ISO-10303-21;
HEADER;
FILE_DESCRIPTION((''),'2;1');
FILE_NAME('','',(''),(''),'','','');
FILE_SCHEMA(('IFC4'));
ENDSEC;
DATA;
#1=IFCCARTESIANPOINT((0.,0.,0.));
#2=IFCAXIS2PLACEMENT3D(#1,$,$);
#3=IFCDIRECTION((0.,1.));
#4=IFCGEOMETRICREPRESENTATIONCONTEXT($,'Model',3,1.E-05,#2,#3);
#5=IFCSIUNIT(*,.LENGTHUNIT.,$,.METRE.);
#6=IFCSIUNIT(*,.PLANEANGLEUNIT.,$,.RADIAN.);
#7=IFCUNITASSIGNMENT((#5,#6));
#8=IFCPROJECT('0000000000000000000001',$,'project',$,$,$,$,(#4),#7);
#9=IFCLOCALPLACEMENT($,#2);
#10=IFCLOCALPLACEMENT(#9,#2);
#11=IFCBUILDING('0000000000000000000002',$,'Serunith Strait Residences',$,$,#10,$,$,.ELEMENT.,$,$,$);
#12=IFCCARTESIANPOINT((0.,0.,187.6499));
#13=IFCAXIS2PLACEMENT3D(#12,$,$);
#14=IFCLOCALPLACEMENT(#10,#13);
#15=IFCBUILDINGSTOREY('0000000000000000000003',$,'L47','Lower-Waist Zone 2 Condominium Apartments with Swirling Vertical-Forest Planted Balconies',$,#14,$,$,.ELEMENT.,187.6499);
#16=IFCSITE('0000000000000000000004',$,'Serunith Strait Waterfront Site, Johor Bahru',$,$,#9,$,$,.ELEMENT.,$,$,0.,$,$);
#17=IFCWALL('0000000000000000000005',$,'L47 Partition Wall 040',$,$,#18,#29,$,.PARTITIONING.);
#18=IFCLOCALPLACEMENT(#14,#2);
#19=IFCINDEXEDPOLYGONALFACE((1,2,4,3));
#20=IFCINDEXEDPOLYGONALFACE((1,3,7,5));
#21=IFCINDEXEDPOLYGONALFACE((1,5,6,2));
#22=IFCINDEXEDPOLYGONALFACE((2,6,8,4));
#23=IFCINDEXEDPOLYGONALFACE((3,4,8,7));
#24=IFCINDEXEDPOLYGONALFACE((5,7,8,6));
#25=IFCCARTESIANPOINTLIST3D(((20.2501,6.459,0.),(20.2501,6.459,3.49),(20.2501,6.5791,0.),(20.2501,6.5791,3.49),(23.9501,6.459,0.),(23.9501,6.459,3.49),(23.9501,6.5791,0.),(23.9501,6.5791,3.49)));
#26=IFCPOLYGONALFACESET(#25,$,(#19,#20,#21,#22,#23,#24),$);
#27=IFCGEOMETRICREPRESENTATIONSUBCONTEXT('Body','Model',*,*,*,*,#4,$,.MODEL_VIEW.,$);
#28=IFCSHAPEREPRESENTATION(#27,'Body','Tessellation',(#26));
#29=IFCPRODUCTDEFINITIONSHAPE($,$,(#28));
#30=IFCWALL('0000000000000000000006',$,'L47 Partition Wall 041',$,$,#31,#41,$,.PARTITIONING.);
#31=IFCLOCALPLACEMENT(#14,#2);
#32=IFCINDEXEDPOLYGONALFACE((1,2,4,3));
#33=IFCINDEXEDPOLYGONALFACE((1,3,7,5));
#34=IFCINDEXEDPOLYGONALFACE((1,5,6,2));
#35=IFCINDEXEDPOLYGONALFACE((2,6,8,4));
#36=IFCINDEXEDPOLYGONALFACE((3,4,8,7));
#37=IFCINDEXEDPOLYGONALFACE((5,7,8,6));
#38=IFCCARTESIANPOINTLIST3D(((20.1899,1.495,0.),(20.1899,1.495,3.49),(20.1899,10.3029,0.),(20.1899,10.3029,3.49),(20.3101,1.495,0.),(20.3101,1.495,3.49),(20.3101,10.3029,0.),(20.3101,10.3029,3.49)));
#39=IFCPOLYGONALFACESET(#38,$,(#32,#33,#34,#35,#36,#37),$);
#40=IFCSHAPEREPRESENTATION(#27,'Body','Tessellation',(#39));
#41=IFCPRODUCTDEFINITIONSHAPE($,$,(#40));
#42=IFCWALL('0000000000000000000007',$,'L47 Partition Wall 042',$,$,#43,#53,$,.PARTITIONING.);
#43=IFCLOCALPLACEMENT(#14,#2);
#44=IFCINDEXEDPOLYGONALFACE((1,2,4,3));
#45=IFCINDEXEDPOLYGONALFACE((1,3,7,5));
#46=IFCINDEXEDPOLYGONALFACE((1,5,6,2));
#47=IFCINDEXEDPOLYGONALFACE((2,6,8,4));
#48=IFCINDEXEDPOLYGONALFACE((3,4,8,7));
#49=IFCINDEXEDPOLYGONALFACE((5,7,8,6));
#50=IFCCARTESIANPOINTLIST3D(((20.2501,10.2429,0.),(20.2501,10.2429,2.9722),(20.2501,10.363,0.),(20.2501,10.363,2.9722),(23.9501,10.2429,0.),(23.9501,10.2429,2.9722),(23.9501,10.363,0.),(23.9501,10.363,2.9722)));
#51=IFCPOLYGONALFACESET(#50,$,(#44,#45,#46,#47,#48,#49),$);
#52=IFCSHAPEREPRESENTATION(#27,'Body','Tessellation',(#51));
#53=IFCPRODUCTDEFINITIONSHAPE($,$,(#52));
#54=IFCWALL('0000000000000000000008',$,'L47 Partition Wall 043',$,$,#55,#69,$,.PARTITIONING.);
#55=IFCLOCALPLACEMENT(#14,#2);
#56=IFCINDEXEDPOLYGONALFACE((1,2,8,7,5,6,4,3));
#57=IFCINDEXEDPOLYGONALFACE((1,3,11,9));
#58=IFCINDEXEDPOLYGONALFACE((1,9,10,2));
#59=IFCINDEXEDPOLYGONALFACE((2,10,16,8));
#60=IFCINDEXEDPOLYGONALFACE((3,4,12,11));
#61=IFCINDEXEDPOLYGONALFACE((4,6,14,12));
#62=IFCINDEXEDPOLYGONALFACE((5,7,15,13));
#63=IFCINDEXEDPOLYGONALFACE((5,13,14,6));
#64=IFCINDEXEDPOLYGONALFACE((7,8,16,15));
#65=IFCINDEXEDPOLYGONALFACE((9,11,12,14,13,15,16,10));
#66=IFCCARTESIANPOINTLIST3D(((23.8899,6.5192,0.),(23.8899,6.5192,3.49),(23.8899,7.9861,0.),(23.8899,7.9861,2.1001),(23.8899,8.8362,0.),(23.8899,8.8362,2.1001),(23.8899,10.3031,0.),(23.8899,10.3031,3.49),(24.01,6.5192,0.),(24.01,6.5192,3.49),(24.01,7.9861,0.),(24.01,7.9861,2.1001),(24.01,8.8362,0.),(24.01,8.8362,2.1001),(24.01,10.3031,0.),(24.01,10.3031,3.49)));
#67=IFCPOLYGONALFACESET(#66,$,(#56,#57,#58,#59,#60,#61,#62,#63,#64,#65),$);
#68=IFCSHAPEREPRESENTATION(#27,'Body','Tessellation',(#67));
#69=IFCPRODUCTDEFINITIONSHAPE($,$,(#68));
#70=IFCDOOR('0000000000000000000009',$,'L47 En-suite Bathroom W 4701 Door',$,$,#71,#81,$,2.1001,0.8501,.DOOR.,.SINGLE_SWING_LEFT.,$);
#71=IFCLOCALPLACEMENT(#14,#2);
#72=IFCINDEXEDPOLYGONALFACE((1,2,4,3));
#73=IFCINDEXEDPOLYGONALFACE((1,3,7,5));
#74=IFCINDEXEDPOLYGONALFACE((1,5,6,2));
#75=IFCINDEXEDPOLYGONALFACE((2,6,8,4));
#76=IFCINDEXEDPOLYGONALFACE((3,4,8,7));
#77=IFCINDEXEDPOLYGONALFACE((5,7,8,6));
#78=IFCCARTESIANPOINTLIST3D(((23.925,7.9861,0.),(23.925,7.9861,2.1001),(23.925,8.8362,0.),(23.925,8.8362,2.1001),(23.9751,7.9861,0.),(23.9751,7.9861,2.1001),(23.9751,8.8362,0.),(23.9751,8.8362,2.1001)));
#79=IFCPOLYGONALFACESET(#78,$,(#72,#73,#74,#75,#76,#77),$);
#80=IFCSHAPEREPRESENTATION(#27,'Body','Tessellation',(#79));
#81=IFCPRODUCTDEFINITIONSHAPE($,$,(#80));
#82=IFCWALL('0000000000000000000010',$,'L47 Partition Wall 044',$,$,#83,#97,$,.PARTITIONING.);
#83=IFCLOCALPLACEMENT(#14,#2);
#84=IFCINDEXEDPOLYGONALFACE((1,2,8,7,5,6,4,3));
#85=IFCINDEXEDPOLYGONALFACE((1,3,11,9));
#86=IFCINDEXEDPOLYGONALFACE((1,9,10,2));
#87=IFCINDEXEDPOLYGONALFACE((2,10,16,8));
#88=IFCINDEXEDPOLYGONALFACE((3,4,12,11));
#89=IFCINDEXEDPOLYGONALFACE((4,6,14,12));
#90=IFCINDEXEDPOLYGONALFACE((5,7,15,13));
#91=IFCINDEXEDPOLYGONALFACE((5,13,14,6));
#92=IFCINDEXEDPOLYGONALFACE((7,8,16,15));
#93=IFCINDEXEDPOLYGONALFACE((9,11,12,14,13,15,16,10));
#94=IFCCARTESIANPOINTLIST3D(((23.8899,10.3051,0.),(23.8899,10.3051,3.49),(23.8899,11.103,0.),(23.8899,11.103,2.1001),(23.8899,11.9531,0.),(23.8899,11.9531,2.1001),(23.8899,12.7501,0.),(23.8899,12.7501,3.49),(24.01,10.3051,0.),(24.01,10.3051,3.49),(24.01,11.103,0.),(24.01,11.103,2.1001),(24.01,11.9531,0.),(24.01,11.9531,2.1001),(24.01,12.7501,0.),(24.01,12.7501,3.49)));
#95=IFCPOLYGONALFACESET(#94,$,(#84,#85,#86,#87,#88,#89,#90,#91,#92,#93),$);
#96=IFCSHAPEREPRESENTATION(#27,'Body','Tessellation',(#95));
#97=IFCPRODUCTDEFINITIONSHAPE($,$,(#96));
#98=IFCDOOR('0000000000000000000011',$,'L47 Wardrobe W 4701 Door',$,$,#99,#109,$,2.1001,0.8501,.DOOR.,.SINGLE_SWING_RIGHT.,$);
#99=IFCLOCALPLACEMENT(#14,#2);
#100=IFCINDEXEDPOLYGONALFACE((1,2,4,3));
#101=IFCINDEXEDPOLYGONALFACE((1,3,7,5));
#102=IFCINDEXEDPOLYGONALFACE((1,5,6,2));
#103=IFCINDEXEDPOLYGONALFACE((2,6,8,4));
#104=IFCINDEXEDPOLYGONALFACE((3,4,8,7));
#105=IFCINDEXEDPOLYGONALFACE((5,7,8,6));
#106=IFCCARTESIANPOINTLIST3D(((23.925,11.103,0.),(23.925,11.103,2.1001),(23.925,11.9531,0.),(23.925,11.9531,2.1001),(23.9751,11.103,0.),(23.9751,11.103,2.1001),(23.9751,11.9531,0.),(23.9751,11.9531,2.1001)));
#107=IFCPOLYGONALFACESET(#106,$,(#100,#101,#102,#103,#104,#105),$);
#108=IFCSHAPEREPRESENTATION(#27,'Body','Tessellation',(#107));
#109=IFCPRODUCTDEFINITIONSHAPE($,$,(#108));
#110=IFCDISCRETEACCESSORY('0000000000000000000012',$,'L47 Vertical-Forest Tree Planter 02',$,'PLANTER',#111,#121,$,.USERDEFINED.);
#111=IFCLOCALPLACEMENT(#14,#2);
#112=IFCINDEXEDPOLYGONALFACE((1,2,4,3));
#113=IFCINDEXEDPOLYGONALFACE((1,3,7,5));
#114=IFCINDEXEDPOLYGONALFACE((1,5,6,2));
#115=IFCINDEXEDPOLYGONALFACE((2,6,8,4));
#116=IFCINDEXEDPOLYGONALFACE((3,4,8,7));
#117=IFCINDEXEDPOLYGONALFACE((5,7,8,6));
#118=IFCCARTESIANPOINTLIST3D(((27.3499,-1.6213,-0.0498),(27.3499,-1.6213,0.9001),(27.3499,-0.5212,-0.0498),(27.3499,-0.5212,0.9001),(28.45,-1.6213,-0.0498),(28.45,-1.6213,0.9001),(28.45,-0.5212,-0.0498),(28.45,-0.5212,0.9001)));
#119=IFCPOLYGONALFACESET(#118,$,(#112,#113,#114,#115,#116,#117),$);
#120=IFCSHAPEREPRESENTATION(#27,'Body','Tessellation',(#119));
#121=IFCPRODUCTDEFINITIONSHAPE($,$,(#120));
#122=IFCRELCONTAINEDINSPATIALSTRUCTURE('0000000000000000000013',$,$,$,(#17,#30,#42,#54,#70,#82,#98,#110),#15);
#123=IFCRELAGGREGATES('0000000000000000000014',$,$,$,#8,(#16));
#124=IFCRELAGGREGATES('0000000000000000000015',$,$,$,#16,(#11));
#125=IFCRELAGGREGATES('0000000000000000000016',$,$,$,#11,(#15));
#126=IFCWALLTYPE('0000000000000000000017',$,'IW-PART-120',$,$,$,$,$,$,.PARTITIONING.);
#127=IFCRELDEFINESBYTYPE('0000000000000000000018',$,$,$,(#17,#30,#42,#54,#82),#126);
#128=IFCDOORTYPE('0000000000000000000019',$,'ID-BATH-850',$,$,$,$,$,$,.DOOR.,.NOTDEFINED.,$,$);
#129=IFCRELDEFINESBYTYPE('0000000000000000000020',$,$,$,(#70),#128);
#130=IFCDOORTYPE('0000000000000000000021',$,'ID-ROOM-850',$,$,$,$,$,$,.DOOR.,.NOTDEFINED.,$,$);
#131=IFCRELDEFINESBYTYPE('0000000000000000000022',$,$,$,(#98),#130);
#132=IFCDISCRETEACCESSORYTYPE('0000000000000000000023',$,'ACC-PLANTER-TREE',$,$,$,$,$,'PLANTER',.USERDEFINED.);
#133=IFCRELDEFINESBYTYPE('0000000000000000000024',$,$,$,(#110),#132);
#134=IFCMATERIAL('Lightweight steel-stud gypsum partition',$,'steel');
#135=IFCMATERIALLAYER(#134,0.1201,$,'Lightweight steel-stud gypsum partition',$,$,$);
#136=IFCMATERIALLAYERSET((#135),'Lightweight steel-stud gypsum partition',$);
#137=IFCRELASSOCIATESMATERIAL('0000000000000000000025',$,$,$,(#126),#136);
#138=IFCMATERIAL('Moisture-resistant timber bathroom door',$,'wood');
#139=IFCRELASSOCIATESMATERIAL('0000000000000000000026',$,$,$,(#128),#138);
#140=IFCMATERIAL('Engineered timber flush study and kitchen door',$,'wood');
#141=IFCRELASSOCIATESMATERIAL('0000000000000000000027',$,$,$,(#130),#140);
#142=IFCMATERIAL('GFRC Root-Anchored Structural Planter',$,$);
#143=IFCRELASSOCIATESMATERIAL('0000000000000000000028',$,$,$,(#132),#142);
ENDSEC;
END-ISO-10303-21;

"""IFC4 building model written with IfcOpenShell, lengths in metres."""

from ifc_helpers import new_model, si_unit, direction, frame, frame_2d, origin, origin_2d, place, context, subcontext, project, spatial, rectangle, extrude, source, transform, mapped, material, layer, layer_set, type_object, element, fill, save


model = new_model("IFC4")

# Units and contexts
model_context = context("Model", 3, precision=1e-05, world=origin(), true_north=direction((0.0, 1.0)))
body_context = subcontext(model_context, "Body", "Model", "MODEL_VIEW")
ifc_project = project(units=[si_unit("LENGTHUNIT", "METRE"), si_unit("PLANEANGLEUNIT", "RADIAN")], contexts=[model_context])

# Site, building, storey
site_placement = place(None, origin())
site = spatial("IfcSite", under=ifc_project, at=site_placement, Name="Serunith Strait Waterfront Site, Johor Bahru", CompositionType="ELEMENT", RefElevation=0.0)
building_placement = place(site_placement, origin())
building = spatial("IfcBuilding", under=site, at=building_placement, Name="Serunith Strait Residences", CompositionType="ELEMENT")
storey_placement = place(building_placement, frame((0.0, 0.0, 187.6499)))
storey = spatial("IfcBuildingStorey", under=building, at=storey_placement, Name="L47", Description="Lower-Waist Zone 2 Condominium Apartments with Swirling Vertical-Forest Planted Balconies", CompositionType="ELEMENT", Elevation=187.6499)

# Walls
ifc_material_1 = material(Name="Lightweight steel-stud gypsum partition", Category="steel")
ifc_layer_1 = layer(ifc_material_1, 0.1201, Name="Lightweight steel-stud gypsum partition")
ifc_layer_set_1 = layer_set([ifc_layer_1], Name="Lightweight steel-stud gypsum partition")
wall_type = type_object("IfcWallType", Name="IW-PART-120", PredefinedType="PARTITIONING", material=ifc_layer_set_1)
wall_1_placement = place(storey_placement, frame((20.25, 6.519, 0.0), z_axis=(0.0, 0.0, 1.0), x_axis=(1.0, 0.0, 0.0)))
element("IfcWall", 1, at=wall_1_placement, inside=storey, type_object=wall_type, Name="L47 Partition Wall 040", PredefinedType="PARTITIONING", context=body_context, shape_type="SweptSolid", body=[
    extrude(rectangle(XDim=3.7, YDim=0.1201, at=frame_2d((1.8501, 0.0))), origin(), (0.0, 0.0, 1.0), 3.49),
])
wall_2_placement = place(storey_placement, frame((20.25, 1.4951, 0.0), z_axis=(0.0, 0.0, 1.0), x_axis=(0.0, 1.0, 0.0)))
element("IfcWall", 2, at=wall_2_placement, inside=storey, type_object=wall_type, Name="L47 Partition Wall 041", PredefinedType="PARTITIONING", context=body_context, shape_type="SweptSolid", body=[
    extrude(rectangle(XDim=8.8079, YDim=0.1201, at=frame_2d((4.4038, 0.0))), origin(), (0.0, 0.0, 1.0), 3.49),
])
wall_3_placement = place(storey_placement, frame((20.25, 10.303, 0.0), z_axis=(0.0, 0.0, 1.0), x_axis=(1.0, 0.0, 0.0)))
element("IfcWall", 3, at=wall_3_placement, inside=storey, type_object=wall_type, Name="L47 Partition Wall 042", PredefinedType="PARTITIONING", context=body_context, shape_type="SweptSolid", body=[
    extrude(rectangle(XDim=3.7, YDim=0.1201, at=frame_2d((1.8501, 0.0))), origin(), (0.0, 0.0, 1.0), 2.9722),
])

# Walls, openings, doors
wall_4_placement = place(storey_placement, frame((23.95, 6.519, 0.0), z_axis=(0.0, 0.0, 1.0), x_axis=(0.0, 1.0, 0.0)))
wall_4 = element("IfcWall", 4, at=wall_4_placement, inside=storey, type_object=wall_type, Name="L47 Partition Wall 043", PredefinedType="PARTITIONING", context=body_context, shape_type="SweptSolid", body=[
    extrude(rectangle(XDim=3.7839, YDim=0.1201, at=frame_2d((1.8921, 0.0))), origin(), (0.0, 0.0, 1.0), 3.49),
])
opening_1_placement = place(wall_4_placement, frame((1.467, 0.0, 0.0)))
opening_1 = element("IfcOpeningElement", 5, at=opening_1_placement, cuts=wall_4, PredefinedType="OPENING", context=body_context, shape_type="SweptSolid", body=[
    extrude(rectangle(XDim=0.8501, YDim=2.1001, at=frame_2d((0.425, 1.05))), frame((0.0, 0.0701, 0.0), z_axis=(0.0, -1.0, 0.0), x_axis=(1.0, 0.0, 0.0)), (0.0, 0.0, 1.0), 0.1401),
])
ifc_material_2 = material(Name="Moisture-resistant timber bathroom door", Category="wood")
door_type_1 = type_object("IfcDoorType", Name="ID-BATH-850", OperationType="NOTDEFINED", PredefinedType="DOOR", material=ifc_material_2)
shared_shape_1 = source(origin(), body_context, "Body", "SweptSolid", [
    extrude(rectangle(XDim=0.8501, YDim=2.1001, at=frame_2d((0.425, 1.05))), frame((0.0, 0.0249, 0.0), z_axis=(0.0, -1.0, 0.0), x_axis=(1.0, 0.0, 0.0)), (0.0, 0.0, 1.0), 0.05),
])
door_1_placement = place(opening_1_placement, origin())
door_1 = element("IfcDoor", 6, at=door_1_placement, inside=storey, type_object=door_type_1, Name="L47 En-suite Bathroom W 4701 Door", OperationType="SINGLE_SWING_LEFT", OverallHeight=2.1001, OverallWidth=0.8501, PredefinedType="DOOR", context=body_context, shape_type="MappedRepresentation", body=[
    mapped(shared_shape_1, transform((0.0, 0.0, 0.0), scale=1.0)),
])
fill(opening_1, door_1)
wall_5_placement = place(storey_placement, frame((23.95, 10.3049, 0.0), z_axis=(0.0, 0.0, 1.0), x_axis=(0.0, 1.0, 0.0)))
wall_5 = element("IfcWall", 7, at=wall_5_placement, inside=storey, type_object=wall_type, Name="L47 Partition Wall 044", PredefinedType="PARTITIONING", context=body_context, shape_type="SweptSolid", body=[
    extrude(rectangle(XDim=2.4451, YDim=0.1201, at=frame_2d((1.2227, 0.0))), origin(), (0.0, 0.0, 1.0), 3.49),
])
opening_2_placement = place(wall_5_placement, frame((0.7981, 0.0, 0.0)))
opening_2 = element("IfcOpeningElement", 8, at=opening_2_placement, cuts=wall_5, PredefinedType="OPENING", context=body_context, shape_type="SweptSolid", body=[
    extrude(rectangle(XDim=0.8501, YDim=2.1001, at=frame_2d((0.425, 1.05))), frame((0.0, 0.0701, 0.0), z_axis=(0.0, -1.0, 0.0), x_axis=(1.0, 0.0, 0.0)), (0.0, 0.0, 1.0), 0.1401),
])
ifc_material_3 = material(Name="Engineered timber flush study and kitchen door", Category="wood")
door_type_2 = type_object("IfcDoorType", Name="ID-ROOM-850", OperationType="NOTDEFINED", PredefinedType="DOOR", material=ifc_material_3)
door_2_placement = place(opening_2_placement, origin())
door_2 = element("IfcDoor", 9, at=door_2_placement, inside=storey, type_object=door_type_2, Name="L47 Wardrobe W 4701 Door", OperationType="SINGLE_SWING_RIGHT", OverallHeight=2.1001, OverallWidth=0.8501, PredefinedType="DOOR", context=body_context, shape_type="MappedRepresentation", body=[
    mapped(shared_shape_1, transform((0.0, 0.0, 0.0), scale=1.0)),
])
fill(opening_2, door_2)

# Discrete accessory
ifc_material_4 = material(Name="GFRC Root-Anchored Structural Planter")
discrete_accessory_type = type_object("IfcDiscreteAccessoryType", Name="ACC-PLANTER-TREE", ElementType="PLANTER", PredefinedType="USERDEFINED", material=ifc_material_4)
shared_shape_2 = source(origin(), body_context, "Body", "SweptSolid", [
    extrude(rectangle(XDim=1.1001, YDim=1.1001, at=origin_2d()), origin(), (0.0, 0.0, 1.0), 0.95),
])
discrete_accessory_placement = place(storey_placement, frame((27.8999, -1.0713, -0.0498), z_axis=(0.0, 0.0, 1.0), x_axis=(1.0, 0.0, 0.0)))
element("IfcDiscreteAccessory", 10, at=discrete_accessory_placement, inside=storey, type_object=discrete_accessory_type, Name="L47 Vertical-Forest Tree Planter 02", ObjectType="PLANTER", PredefinedType="USERDEFINED", context=body_context, shape_type="MappedRepresentation", body=[
    mapped(shared_shape_2, transform((0.0, 0.0, 0.0), scale=1.0)),
])

save(model, "model.ifc")
